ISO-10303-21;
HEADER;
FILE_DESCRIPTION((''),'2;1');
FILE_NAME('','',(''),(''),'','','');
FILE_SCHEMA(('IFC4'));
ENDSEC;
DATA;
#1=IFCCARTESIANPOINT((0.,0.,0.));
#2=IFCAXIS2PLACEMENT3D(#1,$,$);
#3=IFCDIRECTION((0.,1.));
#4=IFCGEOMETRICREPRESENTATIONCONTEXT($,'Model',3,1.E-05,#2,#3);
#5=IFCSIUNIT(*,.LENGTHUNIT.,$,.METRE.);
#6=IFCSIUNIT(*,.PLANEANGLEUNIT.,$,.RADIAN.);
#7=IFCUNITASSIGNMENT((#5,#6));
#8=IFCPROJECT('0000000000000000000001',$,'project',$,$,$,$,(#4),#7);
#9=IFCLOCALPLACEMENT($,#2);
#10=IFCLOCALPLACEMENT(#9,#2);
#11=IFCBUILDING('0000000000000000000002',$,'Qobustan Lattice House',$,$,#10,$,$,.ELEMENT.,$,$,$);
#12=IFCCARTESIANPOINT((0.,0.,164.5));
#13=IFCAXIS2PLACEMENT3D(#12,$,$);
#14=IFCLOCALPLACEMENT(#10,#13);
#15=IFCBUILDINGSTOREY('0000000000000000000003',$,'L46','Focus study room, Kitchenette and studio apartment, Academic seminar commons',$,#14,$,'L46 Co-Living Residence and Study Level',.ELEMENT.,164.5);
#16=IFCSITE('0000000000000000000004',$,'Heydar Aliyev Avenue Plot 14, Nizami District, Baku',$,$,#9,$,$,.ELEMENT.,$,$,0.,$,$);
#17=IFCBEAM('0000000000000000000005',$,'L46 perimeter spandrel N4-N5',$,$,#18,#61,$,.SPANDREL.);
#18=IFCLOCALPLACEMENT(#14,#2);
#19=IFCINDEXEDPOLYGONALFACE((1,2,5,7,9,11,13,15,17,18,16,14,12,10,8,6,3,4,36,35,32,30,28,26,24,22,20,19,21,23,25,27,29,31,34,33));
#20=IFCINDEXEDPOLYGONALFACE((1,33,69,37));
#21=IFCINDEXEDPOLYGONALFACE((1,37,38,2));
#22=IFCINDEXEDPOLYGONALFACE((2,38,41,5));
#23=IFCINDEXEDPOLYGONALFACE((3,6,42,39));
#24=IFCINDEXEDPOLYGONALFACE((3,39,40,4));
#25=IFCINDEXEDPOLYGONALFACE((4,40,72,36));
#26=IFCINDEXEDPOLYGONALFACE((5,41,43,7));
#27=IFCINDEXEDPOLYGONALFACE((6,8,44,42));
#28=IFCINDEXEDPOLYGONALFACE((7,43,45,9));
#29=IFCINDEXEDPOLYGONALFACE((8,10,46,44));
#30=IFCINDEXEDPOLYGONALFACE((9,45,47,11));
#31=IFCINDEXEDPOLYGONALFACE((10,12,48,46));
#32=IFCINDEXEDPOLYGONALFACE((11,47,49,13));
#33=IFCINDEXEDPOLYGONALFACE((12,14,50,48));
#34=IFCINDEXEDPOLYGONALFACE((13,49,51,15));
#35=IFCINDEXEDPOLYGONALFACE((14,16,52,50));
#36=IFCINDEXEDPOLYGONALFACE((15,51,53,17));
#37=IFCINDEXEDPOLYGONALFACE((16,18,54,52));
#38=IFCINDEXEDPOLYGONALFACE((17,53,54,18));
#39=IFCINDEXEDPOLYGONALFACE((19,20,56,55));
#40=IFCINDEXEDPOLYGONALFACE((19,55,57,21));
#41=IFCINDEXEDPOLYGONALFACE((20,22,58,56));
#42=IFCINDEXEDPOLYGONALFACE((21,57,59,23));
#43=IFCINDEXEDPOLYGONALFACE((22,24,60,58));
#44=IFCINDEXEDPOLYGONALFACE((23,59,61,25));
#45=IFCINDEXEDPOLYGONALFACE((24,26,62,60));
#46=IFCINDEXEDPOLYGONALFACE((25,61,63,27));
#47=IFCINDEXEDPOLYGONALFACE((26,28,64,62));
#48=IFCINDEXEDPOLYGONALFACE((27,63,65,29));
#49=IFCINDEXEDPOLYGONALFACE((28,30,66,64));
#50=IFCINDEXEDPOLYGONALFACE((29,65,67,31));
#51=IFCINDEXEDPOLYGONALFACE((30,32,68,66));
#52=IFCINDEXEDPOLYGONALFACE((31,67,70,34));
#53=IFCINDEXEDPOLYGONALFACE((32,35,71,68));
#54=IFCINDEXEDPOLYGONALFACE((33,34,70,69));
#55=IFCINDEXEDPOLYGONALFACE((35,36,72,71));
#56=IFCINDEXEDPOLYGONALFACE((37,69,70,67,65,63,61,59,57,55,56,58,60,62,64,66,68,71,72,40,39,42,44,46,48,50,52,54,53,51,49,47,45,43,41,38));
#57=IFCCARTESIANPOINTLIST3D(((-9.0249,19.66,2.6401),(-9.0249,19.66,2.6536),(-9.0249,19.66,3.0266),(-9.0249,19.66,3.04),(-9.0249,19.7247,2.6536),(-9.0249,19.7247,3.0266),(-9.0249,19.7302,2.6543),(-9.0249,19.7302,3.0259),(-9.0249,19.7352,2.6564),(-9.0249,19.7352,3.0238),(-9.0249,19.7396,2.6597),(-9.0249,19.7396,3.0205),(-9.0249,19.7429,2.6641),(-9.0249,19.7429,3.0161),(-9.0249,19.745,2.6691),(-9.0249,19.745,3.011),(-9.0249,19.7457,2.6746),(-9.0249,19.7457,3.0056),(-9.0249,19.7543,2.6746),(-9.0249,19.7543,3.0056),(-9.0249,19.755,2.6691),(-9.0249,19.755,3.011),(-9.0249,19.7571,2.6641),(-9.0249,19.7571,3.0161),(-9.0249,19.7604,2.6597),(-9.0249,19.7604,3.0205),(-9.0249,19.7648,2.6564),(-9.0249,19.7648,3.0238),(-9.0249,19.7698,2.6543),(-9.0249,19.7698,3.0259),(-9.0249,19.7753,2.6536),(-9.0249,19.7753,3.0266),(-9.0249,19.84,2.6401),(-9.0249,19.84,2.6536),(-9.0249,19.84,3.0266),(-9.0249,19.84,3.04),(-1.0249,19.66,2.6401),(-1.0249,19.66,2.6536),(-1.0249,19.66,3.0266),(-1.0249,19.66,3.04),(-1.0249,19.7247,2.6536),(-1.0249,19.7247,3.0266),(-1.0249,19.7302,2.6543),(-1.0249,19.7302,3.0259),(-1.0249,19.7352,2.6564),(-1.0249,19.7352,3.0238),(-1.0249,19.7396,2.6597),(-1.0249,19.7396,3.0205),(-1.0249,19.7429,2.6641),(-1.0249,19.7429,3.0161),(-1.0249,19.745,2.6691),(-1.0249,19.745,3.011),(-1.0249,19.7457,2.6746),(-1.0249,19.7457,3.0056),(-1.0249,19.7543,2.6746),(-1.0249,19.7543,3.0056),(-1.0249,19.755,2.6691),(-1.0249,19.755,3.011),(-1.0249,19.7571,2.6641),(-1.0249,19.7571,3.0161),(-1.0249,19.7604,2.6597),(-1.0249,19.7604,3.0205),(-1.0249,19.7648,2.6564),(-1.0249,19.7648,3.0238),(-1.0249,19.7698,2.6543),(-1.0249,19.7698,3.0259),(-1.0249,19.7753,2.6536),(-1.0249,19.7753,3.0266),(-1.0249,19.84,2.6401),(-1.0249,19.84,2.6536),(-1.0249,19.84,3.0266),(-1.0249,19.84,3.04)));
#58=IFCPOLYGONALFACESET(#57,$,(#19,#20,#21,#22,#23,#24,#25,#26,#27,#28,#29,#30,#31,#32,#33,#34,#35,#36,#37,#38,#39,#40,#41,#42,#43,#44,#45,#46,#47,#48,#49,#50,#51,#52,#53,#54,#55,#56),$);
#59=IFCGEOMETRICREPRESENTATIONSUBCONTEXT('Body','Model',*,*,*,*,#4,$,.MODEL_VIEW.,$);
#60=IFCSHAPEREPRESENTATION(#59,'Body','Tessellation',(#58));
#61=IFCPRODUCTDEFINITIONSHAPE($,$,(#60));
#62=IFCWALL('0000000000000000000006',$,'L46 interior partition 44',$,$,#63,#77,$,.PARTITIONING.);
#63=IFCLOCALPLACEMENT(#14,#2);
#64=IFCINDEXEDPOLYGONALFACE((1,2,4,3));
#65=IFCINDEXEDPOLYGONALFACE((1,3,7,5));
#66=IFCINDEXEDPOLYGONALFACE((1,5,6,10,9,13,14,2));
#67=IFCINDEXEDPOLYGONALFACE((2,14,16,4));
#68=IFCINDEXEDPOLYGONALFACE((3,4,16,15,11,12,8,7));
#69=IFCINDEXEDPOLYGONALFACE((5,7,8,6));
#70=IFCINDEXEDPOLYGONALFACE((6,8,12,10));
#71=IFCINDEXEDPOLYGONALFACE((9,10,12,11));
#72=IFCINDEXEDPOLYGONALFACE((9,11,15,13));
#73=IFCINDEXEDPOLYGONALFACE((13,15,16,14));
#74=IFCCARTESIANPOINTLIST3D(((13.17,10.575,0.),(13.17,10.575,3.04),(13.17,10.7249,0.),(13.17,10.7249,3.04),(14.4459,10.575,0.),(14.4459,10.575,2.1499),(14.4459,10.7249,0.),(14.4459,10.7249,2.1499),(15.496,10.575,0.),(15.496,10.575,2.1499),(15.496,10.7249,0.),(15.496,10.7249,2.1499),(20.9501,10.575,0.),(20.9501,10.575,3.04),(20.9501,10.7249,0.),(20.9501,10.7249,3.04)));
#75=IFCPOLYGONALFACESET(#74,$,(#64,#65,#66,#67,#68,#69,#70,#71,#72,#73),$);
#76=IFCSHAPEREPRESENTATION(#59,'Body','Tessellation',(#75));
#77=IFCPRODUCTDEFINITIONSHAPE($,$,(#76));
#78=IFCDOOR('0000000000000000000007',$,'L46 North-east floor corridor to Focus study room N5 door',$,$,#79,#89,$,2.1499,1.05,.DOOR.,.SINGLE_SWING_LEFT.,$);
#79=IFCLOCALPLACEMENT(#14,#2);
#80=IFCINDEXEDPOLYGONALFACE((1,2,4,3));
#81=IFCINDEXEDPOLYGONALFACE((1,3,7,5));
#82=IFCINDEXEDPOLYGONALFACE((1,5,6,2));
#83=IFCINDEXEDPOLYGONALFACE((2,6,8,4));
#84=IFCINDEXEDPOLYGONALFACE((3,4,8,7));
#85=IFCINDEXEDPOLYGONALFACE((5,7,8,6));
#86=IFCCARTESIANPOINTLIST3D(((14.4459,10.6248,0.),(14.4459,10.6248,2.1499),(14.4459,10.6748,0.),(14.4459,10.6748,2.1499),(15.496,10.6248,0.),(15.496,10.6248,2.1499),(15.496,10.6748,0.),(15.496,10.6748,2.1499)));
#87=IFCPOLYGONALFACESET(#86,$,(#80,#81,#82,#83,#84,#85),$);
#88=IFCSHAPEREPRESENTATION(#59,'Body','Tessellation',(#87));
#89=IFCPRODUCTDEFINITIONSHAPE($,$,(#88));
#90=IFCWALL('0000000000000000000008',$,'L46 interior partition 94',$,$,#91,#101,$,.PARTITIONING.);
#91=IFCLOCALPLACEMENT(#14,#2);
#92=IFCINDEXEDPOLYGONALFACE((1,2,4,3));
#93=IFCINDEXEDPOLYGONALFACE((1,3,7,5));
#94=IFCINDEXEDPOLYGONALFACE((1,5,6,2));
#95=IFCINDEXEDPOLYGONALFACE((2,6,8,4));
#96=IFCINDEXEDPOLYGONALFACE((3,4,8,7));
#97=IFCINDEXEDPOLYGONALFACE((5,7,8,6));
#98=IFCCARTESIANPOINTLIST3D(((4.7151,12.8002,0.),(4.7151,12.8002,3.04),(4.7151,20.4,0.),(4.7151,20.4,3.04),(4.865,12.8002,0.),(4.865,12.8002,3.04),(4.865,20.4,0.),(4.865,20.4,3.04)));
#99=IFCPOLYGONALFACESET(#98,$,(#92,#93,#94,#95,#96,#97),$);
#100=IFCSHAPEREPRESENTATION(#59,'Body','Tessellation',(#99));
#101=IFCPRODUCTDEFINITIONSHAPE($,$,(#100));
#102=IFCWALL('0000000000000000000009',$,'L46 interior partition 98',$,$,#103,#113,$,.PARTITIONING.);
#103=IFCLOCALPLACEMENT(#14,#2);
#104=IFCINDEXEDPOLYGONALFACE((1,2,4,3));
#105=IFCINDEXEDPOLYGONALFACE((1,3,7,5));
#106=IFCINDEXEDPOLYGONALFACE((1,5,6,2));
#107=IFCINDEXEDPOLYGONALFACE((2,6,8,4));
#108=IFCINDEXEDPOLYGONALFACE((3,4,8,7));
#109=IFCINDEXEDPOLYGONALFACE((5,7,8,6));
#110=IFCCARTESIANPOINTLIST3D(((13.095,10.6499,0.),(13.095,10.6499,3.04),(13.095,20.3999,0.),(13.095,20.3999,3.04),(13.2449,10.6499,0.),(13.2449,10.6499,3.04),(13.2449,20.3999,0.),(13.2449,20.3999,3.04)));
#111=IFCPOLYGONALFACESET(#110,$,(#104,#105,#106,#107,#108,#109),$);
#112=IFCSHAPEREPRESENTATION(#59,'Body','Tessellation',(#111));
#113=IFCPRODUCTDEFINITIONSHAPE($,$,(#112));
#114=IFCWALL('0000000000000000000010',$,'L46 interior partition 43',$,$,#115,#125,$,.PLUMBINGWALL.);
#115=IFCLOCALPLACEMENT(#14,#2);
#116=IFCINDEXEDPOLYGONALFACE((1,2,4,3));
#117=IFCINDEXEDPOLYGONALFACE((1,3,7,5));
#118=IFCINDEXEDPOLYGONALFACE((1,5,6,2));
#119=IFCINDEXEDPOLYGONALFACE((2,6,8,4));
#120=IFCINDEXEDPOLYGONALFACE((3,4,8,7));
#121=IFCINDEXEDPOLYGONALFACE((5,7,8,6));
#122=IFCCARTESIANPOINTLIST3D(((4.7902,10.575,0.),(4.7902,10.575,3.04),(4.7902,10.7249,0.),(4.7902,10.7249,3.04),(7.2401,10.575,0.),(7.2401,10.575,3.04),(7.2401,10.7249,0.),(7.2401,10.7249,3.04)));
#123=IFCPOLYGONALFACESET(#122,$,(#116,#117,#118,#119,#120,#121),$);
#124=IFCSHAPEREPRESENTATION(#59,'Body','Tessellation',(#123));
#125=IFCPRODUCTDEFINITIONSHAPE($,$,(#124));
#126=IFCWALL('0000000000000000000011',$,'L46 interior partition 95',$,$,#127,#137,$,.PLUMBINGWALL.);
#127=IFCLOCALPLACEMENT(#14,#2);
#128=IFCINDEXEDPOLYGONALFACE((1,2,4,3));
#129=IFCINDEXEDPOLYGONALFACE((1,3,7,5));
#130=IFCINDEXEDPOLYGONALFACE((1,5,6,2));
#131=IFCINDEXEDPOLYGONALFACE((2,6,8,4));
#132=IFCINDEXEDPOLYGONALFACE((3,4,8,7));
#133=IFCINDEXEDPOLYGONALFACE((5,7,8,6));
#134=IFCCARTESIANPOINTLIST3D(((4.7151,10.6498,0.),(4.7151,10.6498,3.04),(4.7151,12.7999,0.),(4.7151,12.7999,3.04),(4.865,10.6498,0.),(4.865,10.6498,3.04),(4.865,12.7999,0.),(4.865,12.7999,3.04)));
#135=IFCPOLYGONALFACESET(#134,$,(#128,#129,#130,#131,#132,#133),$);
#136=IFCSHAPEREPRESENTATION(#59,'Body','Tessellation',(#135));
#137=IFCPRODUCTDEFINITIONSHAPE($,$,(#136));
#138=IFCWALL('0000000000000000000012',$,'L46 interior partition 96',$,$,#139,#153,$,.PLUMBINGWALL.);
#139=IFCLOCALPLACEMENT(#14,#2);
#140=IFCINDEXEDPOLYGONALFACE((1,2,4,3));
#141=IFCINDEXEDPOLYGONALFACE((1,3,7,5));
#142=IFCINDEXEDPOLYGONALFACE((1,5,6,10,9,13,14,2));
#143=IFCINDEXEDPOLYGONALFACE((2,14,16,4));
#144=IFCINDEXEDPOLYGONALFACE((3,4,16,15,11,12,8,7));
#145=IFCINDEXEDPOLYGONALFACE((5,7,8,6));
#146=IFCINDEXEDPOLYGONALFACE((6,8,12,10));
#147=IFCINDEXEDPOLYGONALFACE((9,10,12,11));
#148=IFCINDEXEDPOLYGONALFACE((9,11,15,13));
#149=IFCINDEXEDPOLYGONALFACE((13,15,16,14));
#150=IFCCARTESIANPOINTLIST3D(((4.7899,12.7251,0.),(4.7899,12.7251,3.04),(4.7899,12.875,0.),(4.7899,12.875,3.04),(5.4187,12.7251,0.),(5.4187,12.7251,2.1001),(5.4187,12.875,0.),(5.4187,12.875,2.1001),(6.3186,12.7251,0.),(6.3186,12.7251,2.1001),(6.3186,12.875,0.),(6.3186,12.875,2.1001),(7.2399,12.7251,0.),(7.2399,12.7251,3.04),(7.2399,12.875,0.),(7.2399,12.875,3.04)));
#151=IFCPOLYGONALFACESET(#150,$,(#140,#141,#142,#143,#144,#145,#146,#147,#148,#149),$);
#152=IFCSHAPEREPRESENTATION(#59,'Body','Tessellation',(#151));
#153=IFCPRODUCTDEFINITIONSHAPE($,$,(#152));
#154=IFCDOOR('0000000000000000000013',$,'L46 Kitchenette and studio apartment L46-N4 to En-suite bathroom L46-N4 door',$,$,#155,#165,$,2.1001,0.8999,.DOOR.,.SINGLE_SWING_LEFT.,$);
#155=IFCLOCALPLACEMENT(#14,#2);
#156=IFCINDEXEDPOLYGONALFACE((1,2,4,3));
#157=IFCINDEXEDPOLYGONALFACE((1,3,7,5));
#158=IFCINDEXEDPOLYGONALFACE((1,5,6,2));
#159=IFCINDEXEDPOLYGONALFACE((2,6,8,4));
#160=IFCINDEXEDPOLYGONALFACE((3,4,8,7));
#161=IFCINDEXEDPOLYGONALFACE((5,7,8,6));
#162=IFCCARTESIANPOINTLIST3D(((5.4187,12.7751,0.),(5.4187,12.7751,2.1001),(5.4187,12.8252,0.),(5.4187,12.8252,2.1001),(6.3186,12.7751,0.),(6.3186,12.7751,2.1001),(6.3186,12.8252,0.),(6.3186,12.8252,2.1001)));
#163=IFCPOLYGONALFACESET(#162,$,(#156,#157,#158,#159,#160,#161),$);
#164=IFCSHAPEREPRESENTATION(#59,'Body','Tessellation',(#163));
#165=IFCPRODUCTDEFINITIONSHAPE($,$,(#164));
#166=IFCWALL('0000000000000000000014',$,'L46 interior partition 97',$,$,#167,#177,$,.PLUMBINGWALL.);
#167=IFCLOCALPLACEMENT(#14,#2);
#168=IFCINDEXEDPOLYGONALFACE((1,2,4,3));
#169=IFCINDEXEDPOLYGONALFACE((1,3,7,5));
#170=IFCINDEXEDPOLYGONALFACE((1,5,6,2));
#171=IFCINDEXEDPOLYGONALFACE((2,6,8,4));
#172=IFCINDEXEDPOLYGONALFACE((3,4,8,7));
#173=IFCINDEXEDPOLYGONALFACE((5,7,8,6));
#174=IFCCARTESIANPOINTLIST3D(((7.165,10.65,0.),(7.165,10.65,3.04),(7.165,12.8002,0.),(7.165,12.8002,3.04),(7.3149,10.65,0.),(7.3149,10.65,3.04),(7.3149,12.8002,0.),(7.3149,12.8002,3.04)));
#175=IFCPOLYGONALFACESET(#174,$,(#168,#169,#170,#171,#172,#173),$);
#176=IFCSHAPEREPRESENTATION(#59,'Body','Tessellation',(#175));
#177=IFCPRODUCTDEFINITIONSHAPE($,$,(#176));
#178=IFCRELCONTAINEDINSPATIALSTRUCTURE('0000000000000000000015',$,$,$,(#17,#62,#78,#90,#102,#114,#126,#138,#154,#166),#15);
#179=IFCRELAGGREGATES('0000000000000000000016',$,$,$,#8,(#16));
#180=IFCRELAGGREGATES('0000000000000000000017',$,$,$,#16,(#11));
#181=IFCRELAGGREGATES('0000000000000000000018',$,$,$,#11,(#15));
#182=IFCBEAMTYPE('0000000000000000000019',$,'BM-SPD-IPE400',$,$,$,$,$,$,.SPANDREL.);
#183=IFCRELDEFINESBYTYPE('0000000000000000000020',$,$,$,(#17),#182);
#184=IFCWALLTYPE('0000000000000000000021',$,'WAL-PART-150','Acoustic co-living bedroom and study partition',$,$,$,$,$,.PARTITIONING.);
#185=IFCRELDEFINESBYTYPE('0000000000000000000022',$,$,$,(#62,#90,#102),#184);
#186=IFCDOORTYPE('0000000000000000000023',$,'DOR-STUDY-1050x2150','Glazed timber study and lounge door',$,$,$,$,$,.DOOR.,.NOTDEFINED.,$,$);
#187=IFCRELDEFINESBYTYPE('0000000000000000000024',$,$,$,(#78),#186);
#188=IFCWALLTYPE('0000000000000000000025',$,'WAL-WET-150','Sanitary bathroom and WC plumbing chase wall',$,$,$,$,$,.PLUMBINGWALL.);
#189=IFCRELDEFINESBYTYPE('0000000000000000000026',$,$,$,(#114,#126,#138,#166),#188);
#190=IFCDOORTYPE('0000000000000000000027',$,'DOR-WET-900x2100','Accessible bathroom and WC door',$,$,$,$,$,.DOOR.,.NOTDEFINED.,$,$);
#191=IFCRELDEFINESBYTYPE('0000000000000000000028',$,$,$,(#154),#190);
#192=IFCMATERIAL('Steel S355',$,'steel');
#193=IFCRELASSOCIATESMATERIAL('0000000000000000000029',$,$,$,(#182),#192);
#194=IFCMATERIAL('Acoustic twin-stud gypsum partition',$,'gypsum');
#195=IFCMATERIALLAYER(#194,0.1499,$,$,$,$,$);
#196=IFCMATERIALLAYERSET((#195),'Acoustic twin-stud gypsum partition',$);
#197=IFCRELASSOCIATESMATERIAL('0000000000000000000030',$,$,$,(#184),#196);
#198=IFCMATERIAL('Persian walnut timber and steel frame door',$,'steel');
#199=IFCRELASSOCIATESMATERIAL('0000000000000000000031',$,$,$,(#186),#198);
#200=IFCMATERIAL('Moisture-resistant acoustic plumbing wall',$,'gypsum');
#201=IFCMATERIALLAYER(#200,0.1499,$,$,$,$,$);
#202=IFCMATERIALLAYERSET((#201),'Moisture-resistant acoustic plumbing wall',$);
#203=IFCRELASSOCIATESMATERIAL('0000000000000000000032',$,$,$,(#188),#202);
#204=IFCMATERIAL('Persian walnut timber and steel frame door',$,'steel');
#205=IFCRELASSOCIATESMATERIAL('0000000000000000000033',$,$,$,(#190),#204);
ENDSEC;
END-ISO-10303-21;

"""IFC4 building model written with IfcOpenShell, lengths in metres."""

from ifc_helpers import new_model, si_unit, direction, frame, frame_2d, origin, origin_2d, place, context, subcontext, project, spatial, rectangle, i_section, extrude, material, layer, layer_set, material_profile, profile_set, type_object, element, fill, save


model = new_model("IFC4")

# Units and contexts
model_context = context("Model", 3, precision=1e-05, world=origin(), true_north=direction((0.0, 1.0)))
body_context = subcontext(model_context, "Body", "Model", "MODEL_VIEW")
ifc_project = project(units=[si_unit("LENGTHUNIT", "METRE"), si_unit("PLANEANGLEUNIT", "RADIAN")], contexts=[model_context])

# Site, building, storey
site_placement = place(None, origin())
site = spatial("IfcSite", under=ifc_project, at=site_placement, Name="Heydar Aliyev Avenue Plot 14, Nizami District, Baku", CompositionType="ELEMENT", RefElevation=0.0)
building_placement = place(site_placement, origin())
building = spatial("IfcBuilding", under=site, at=building_placement, Name="Qobustan Lattice House", CompositionType="ELEMENT")
storey_placement = place(building_placement, frame((0.0, 0.0, 164.5)))
storey = spatial("IfcBuildingStorey", under=building, at=storey_placement, Name="L46", Description="Focus study room, Kitchenette and studio apartment, Academic seminar commons", LongName="L46 Co-Living Residence and Study Level", CompositionType="ELEMENT", Elevation=164.5)

# Beam
ifc_material_1 = material(Name="Steel S355", Category="steel")
ifc_material_profile_1 = material_profile(ifc_material_1, i_section(OverallWidth=0.1799, OverallDepth=0.3999, WebThickness=0.0085, FlangeThickness=0.0134, FilletRadius=0.021, at=origin_2d()), Name="IPE400")
ifc_profile_set_1 = profile_set([ifc_material_profile_1], Name="Steel S355")
beam_type_1 = type_object("IfcBeamType", Name="BM-SPD-IPE400", PredefinedType="SPANDREL", material=ifc_profile_set_1)
for number, where, z_axis, x_axis, name in (
    (1, (-1.0249, 19.75, 2.8401), (-1.0, 0.0, 0.0), (0.0, -1.0, 0.0), "L46 perimeter spandrel N4-N5"),
):
    element("IfcBeam", number, at=place(storey_placement, frame(where, z_axis=z_axis, x_axis=x_axis)), inside=storey, type_object=beam_type_1, Name=name, PredefinedType="SPANDREL", context=body_context, shape_type="SweptSolid", body=[
        extrude(i_section(OverallWidth=0.1799, OverallDepth=0.3999, WebThickness=0.0085, FlangeThickness=0.0134, FilletRadius=0.021, at=origin_2d()), origin(), (0.0, 0.0, 1.0), 8.0),
    ])

# Wall, opening, door
ifc_material_2 = material(Name="Acoustic twin-stud gypsum partition", Category="gypsum")
ifc_layer_1 = layer(ifc_material_2, 0.1499)
ifc_layer_set_1 = layer_set([ifc_layer_1], Name="Acoustic twin-stud gypsum partition")
wall_type_1 = type_object("IfcWallType", Name="WAL-PART-150", Description="Acoustic co-living bedroom and study partition", PredefinedType="PARTITIONING", material=ifc_layer_set_1)
wall_1_placement = place(storey_placement, frame((13.1699, 10.6499, 0.0), z_axis=(0.0, 0.0, 1.0), x_axis=(1.0, 0.0, 0.0)))
wall_1 = element("IfcWall", 2, at=wall_1_placement, inside=storey, type_object=wall_type_1, Name="L46 interior partition 44", PredefinedType="PARTITIONING", context=body_context, shape_type="SweptSolid", body=[
    extrude(rectangle(XDim=7.78, YDim=0.1499, at=frame_2d((3.8901, 0.0))), origin(), (0.0, 0.0, 1.0), 3.04),
])
opening_1_placement = place(wall_1_placement, frame((1.2761, 0.0, 0.0)))
opening_1 = element("IfcOpeningElement", 3, at=opening_1_placement, cuts=wall_1, PredefinedType="OPENING", context=body_context, shape_type="SweptSolid", body=[
    extrude(rectangle(XDim=1.05, YDim=2.1499, at=frame_2d((0.5249, 1.075))), frame((0.0, 0.085, 0.0), z_axis=(0.0, -1.0, 0.0), x_axis=(1.0, 0.0, 0.0)), (0.0, 0.0, 1.0), 0.1699),
])
ifc_material_3 = material(Name="Persian walnut timber and steel frame door", Category="steel")
door_type_1 = type_object("IfcDoorType", Name="DOR-STUDY-1050x2150", Description="Glazed timber study and lounge door", OperationType="NOTDEFINED", PredefinedType="DOOR", material=ifc_material_3)
door_1_placement = place(opening_1_placement, origin())
door_1 = element("IfcDoor", 4, at=door_1_placement, inside=storey, type_object=door_type_1, Name="L46 North-east floor corridor to Focus study room N5 door", OperationType="SINGLE_SWING_LEFT", OverallHeight=2.1499, OverallWidth=1.05, PredefinedType="DOOR", context=body_context, shape_type="SweptSolid", body=[
    extrude(rectangle(XDim=1.05, YDim=2.1499, at=frame_2d((0.5249, 1.075))), frame((0.0, 0.0249, 0.0), z_axis=(0.0, -1.0, 0.0), x_axis=(1.0, 0.0, 0.0)), (0.0, 0.0, 1.0), 0.05),
])
fill(opening_1, door_1)

# Walls
wall_2_placement = place(storey_placement, frame((4.79, 20.3999, 0.0), z_axis=(0.0, 0.0, 1.0), x_axis=(0.0, -1.0, 0.0)))
element("IfcWall", 5, at=wall_2_placement, inside=storey, type_object=wall_type_1, Name="L46 interior partition 94", PredefinedType="PARTITIONING", context=body_context, shape_type="SweptSolid", body=[
    extrude(rectangle(XDim=7.5999, YDim=0.1499, at=frame_2d((3.7998, 0.0))), origin(), (0.0, 0.0, 1.0), 3.04),
])
wall_3_placement = place(storey_placement, frame((13.1699, 20.3999, 0.0), z_axis=(0.0, 0.0, 1.0), x_axis=(0.0, -1.0, 0.0)))
element("IfcWall", 6, at=wall_3_placement, inside=storey, type_object=wall_type_1, Name="L46 interior partition 98", PredefinedType="PARTITIONING", context=body_context, shape_type="SweptSolid", body=[
    extrude(rectangle(XDim=9.75, YDim=0.1499, at=frame_2d((4.875, 0.0))), origin(), (0.0, 0.0, 1.0), 3.04),
])
ifc_material_4 = material(Name="Moisture-resistant acoustic plumbing wall", Category="gypsum")
ifc_layer_2 = layer(ifc_material_4, 0.1499)
ifc_layer_set_2 = layer_set([ifc_layer_2], Name="Moisture-resistant acoustic plumbing wall")
wall_type_2 = type_object("IfcWallType", Name="WAL-WET-150", Description="Sanitary bathroom and WC plumbing chase wall", PredefinedType="PLUMBINGWALL", material=ifc_layer_set_2)
wall_4_placement = place(storey_placement, frame((4.79, 10.6499, 0.0), z_axis=(0.0, 0.0, 1.0), x_axis=(1.0, 0.0, 0.0)))
element("IfcWall", 7, at=wall_4_placement, inside=storey, type_object=wall_type_2, Name="L46 interior partition 43", PredefinedType="PLUMBINGWALL", context=body_context, shape_type="SweptSolid", body=[
    extrude(rectangle(XDim=2.45, YDim=0.1499, at=frame_2d((1.2251, 0.0))), origin(), (0.0, 0.0, 1.0), 3.04),
])
wall_5_placement = place(storey_placement, frame((4.79, 12.8, 0.0), z_axis=(0.0, 0.0, 1.0), x_axis=(0.0, -1.0, 0.0)))
element("IfcWall", 8, at=wall_5_placement, inside=storey, type_object=wall_type_2, Name="L46 interior partition 95", PredefinedType="PLUMBINGWALL", context=body_context, shape_type="SweptSolid", body=[
    extrude(rectangle(XDim=2.1501, YDim=0.1499, at=frame_2d((1.0752, 0.0))), origin(), (0.0, 0.0, 1.0), 3.04),
])

# Wall, opening, door
wall_6_placement = place(storey_placement, frame((7.24, 12.8, 0.0), z_axis=(0.0, 0.0, 1.0), x_axis=(-1.0, 0.0, 0.0)))
wall_6 = element("IfcWall", 9, at=wall_6_placement, inside=storey, type_object=wall_type_2, Name="L46 interior partition 96", PredefinedType="PLUMBINGWALL", context=body_context, shape_type="SweptSolid", body=[
    extrude(rectangle(XDim=2.45, YDim=0.1499, at=frame_2d((1.2251, 0.0))), origin(), (0.0, 0.0, 1.0), 3.04),
])
opening_2_placement = place(wall_6_placement, frame((0.9214, 0.0, 0.0)))
opening_2 = element("IfcOpeningElement", 10, at=opening_2_placement, cuts=wall_6, PredefinedType="OPENING", context=body_context, shape_type="SweptSolid", body=[
    extrude(rectangle(XDim=0.8999, YDim=2.1001, at=frame_2d((0.45, 1.05))), frame((0.0, 0.085, 0.0), z_axis=(0.0, -1.0, 0.0), x_axis=(1.0, 0.0, 0.0)), (0.0, 0.0, 1.0), 0.1699),
])
ifc_material_5 = material(Name="Persian walnut timber and steel frame door", Category="steel")
door_type_2 = type_object("IfcDoorType", Name="DOR-WET-900x2100", Description="Accessible bathroom and WC door", OperationType="NOTDEFINED", PredefinedType="DOOR", material=ifc_material_5)
door_2_placement = place(opening_2_placement, origin())
door_2 = element("IfcDoor", 11, at=door_2_placement, inside=storey, type_object=door_type_2, Name="L46 Kitchenette and studio apartment L46-N4 to En-suite bathroom L46-N4 door", OperationType="SINGLE_SWING_LEFT", OverallHeight=2.1001, OverallWidth=0.8999, PredefinedType="DOOR", context=body_context, shape_type="SweptSolid", body=[
    extrude(rectangle(XDim=0.8999, YDim=2.1001, at=frame_2d((0.45, 1.05))), frame((0.0, 0.0249, 0.0), z_axis=(0.0, -1.0, 0.0), x_axis=(1.0, 0.0, 0.0)), (0.0, 0.0, 1.0), 0.05),
])
fill(opening_2, door_2)

# Wall
wall_7_placement = place(storey_placement, frame((7.24, 10.6499, 0.0), z_axis=(0.0, 0.0, 1.0), x_axis=(0.0, 1.0, 0.0)))
element("IfcWall", 12, at=wall_7_placement, inside=storey, type_object=wall_type_2, Name="L46 interior partition 97", PredefinedType="PLUMBINGWALL", context=body_context, shape_type="SweptSolid", body=[
    extrude(rectangle(XDim=2.1501, YDim=0.1499, at=frame_2d((1.0752, 0.0))), origin(), (0.0, 0.0, 1.0), 3.04),
])

save(model, "model.ifc")
